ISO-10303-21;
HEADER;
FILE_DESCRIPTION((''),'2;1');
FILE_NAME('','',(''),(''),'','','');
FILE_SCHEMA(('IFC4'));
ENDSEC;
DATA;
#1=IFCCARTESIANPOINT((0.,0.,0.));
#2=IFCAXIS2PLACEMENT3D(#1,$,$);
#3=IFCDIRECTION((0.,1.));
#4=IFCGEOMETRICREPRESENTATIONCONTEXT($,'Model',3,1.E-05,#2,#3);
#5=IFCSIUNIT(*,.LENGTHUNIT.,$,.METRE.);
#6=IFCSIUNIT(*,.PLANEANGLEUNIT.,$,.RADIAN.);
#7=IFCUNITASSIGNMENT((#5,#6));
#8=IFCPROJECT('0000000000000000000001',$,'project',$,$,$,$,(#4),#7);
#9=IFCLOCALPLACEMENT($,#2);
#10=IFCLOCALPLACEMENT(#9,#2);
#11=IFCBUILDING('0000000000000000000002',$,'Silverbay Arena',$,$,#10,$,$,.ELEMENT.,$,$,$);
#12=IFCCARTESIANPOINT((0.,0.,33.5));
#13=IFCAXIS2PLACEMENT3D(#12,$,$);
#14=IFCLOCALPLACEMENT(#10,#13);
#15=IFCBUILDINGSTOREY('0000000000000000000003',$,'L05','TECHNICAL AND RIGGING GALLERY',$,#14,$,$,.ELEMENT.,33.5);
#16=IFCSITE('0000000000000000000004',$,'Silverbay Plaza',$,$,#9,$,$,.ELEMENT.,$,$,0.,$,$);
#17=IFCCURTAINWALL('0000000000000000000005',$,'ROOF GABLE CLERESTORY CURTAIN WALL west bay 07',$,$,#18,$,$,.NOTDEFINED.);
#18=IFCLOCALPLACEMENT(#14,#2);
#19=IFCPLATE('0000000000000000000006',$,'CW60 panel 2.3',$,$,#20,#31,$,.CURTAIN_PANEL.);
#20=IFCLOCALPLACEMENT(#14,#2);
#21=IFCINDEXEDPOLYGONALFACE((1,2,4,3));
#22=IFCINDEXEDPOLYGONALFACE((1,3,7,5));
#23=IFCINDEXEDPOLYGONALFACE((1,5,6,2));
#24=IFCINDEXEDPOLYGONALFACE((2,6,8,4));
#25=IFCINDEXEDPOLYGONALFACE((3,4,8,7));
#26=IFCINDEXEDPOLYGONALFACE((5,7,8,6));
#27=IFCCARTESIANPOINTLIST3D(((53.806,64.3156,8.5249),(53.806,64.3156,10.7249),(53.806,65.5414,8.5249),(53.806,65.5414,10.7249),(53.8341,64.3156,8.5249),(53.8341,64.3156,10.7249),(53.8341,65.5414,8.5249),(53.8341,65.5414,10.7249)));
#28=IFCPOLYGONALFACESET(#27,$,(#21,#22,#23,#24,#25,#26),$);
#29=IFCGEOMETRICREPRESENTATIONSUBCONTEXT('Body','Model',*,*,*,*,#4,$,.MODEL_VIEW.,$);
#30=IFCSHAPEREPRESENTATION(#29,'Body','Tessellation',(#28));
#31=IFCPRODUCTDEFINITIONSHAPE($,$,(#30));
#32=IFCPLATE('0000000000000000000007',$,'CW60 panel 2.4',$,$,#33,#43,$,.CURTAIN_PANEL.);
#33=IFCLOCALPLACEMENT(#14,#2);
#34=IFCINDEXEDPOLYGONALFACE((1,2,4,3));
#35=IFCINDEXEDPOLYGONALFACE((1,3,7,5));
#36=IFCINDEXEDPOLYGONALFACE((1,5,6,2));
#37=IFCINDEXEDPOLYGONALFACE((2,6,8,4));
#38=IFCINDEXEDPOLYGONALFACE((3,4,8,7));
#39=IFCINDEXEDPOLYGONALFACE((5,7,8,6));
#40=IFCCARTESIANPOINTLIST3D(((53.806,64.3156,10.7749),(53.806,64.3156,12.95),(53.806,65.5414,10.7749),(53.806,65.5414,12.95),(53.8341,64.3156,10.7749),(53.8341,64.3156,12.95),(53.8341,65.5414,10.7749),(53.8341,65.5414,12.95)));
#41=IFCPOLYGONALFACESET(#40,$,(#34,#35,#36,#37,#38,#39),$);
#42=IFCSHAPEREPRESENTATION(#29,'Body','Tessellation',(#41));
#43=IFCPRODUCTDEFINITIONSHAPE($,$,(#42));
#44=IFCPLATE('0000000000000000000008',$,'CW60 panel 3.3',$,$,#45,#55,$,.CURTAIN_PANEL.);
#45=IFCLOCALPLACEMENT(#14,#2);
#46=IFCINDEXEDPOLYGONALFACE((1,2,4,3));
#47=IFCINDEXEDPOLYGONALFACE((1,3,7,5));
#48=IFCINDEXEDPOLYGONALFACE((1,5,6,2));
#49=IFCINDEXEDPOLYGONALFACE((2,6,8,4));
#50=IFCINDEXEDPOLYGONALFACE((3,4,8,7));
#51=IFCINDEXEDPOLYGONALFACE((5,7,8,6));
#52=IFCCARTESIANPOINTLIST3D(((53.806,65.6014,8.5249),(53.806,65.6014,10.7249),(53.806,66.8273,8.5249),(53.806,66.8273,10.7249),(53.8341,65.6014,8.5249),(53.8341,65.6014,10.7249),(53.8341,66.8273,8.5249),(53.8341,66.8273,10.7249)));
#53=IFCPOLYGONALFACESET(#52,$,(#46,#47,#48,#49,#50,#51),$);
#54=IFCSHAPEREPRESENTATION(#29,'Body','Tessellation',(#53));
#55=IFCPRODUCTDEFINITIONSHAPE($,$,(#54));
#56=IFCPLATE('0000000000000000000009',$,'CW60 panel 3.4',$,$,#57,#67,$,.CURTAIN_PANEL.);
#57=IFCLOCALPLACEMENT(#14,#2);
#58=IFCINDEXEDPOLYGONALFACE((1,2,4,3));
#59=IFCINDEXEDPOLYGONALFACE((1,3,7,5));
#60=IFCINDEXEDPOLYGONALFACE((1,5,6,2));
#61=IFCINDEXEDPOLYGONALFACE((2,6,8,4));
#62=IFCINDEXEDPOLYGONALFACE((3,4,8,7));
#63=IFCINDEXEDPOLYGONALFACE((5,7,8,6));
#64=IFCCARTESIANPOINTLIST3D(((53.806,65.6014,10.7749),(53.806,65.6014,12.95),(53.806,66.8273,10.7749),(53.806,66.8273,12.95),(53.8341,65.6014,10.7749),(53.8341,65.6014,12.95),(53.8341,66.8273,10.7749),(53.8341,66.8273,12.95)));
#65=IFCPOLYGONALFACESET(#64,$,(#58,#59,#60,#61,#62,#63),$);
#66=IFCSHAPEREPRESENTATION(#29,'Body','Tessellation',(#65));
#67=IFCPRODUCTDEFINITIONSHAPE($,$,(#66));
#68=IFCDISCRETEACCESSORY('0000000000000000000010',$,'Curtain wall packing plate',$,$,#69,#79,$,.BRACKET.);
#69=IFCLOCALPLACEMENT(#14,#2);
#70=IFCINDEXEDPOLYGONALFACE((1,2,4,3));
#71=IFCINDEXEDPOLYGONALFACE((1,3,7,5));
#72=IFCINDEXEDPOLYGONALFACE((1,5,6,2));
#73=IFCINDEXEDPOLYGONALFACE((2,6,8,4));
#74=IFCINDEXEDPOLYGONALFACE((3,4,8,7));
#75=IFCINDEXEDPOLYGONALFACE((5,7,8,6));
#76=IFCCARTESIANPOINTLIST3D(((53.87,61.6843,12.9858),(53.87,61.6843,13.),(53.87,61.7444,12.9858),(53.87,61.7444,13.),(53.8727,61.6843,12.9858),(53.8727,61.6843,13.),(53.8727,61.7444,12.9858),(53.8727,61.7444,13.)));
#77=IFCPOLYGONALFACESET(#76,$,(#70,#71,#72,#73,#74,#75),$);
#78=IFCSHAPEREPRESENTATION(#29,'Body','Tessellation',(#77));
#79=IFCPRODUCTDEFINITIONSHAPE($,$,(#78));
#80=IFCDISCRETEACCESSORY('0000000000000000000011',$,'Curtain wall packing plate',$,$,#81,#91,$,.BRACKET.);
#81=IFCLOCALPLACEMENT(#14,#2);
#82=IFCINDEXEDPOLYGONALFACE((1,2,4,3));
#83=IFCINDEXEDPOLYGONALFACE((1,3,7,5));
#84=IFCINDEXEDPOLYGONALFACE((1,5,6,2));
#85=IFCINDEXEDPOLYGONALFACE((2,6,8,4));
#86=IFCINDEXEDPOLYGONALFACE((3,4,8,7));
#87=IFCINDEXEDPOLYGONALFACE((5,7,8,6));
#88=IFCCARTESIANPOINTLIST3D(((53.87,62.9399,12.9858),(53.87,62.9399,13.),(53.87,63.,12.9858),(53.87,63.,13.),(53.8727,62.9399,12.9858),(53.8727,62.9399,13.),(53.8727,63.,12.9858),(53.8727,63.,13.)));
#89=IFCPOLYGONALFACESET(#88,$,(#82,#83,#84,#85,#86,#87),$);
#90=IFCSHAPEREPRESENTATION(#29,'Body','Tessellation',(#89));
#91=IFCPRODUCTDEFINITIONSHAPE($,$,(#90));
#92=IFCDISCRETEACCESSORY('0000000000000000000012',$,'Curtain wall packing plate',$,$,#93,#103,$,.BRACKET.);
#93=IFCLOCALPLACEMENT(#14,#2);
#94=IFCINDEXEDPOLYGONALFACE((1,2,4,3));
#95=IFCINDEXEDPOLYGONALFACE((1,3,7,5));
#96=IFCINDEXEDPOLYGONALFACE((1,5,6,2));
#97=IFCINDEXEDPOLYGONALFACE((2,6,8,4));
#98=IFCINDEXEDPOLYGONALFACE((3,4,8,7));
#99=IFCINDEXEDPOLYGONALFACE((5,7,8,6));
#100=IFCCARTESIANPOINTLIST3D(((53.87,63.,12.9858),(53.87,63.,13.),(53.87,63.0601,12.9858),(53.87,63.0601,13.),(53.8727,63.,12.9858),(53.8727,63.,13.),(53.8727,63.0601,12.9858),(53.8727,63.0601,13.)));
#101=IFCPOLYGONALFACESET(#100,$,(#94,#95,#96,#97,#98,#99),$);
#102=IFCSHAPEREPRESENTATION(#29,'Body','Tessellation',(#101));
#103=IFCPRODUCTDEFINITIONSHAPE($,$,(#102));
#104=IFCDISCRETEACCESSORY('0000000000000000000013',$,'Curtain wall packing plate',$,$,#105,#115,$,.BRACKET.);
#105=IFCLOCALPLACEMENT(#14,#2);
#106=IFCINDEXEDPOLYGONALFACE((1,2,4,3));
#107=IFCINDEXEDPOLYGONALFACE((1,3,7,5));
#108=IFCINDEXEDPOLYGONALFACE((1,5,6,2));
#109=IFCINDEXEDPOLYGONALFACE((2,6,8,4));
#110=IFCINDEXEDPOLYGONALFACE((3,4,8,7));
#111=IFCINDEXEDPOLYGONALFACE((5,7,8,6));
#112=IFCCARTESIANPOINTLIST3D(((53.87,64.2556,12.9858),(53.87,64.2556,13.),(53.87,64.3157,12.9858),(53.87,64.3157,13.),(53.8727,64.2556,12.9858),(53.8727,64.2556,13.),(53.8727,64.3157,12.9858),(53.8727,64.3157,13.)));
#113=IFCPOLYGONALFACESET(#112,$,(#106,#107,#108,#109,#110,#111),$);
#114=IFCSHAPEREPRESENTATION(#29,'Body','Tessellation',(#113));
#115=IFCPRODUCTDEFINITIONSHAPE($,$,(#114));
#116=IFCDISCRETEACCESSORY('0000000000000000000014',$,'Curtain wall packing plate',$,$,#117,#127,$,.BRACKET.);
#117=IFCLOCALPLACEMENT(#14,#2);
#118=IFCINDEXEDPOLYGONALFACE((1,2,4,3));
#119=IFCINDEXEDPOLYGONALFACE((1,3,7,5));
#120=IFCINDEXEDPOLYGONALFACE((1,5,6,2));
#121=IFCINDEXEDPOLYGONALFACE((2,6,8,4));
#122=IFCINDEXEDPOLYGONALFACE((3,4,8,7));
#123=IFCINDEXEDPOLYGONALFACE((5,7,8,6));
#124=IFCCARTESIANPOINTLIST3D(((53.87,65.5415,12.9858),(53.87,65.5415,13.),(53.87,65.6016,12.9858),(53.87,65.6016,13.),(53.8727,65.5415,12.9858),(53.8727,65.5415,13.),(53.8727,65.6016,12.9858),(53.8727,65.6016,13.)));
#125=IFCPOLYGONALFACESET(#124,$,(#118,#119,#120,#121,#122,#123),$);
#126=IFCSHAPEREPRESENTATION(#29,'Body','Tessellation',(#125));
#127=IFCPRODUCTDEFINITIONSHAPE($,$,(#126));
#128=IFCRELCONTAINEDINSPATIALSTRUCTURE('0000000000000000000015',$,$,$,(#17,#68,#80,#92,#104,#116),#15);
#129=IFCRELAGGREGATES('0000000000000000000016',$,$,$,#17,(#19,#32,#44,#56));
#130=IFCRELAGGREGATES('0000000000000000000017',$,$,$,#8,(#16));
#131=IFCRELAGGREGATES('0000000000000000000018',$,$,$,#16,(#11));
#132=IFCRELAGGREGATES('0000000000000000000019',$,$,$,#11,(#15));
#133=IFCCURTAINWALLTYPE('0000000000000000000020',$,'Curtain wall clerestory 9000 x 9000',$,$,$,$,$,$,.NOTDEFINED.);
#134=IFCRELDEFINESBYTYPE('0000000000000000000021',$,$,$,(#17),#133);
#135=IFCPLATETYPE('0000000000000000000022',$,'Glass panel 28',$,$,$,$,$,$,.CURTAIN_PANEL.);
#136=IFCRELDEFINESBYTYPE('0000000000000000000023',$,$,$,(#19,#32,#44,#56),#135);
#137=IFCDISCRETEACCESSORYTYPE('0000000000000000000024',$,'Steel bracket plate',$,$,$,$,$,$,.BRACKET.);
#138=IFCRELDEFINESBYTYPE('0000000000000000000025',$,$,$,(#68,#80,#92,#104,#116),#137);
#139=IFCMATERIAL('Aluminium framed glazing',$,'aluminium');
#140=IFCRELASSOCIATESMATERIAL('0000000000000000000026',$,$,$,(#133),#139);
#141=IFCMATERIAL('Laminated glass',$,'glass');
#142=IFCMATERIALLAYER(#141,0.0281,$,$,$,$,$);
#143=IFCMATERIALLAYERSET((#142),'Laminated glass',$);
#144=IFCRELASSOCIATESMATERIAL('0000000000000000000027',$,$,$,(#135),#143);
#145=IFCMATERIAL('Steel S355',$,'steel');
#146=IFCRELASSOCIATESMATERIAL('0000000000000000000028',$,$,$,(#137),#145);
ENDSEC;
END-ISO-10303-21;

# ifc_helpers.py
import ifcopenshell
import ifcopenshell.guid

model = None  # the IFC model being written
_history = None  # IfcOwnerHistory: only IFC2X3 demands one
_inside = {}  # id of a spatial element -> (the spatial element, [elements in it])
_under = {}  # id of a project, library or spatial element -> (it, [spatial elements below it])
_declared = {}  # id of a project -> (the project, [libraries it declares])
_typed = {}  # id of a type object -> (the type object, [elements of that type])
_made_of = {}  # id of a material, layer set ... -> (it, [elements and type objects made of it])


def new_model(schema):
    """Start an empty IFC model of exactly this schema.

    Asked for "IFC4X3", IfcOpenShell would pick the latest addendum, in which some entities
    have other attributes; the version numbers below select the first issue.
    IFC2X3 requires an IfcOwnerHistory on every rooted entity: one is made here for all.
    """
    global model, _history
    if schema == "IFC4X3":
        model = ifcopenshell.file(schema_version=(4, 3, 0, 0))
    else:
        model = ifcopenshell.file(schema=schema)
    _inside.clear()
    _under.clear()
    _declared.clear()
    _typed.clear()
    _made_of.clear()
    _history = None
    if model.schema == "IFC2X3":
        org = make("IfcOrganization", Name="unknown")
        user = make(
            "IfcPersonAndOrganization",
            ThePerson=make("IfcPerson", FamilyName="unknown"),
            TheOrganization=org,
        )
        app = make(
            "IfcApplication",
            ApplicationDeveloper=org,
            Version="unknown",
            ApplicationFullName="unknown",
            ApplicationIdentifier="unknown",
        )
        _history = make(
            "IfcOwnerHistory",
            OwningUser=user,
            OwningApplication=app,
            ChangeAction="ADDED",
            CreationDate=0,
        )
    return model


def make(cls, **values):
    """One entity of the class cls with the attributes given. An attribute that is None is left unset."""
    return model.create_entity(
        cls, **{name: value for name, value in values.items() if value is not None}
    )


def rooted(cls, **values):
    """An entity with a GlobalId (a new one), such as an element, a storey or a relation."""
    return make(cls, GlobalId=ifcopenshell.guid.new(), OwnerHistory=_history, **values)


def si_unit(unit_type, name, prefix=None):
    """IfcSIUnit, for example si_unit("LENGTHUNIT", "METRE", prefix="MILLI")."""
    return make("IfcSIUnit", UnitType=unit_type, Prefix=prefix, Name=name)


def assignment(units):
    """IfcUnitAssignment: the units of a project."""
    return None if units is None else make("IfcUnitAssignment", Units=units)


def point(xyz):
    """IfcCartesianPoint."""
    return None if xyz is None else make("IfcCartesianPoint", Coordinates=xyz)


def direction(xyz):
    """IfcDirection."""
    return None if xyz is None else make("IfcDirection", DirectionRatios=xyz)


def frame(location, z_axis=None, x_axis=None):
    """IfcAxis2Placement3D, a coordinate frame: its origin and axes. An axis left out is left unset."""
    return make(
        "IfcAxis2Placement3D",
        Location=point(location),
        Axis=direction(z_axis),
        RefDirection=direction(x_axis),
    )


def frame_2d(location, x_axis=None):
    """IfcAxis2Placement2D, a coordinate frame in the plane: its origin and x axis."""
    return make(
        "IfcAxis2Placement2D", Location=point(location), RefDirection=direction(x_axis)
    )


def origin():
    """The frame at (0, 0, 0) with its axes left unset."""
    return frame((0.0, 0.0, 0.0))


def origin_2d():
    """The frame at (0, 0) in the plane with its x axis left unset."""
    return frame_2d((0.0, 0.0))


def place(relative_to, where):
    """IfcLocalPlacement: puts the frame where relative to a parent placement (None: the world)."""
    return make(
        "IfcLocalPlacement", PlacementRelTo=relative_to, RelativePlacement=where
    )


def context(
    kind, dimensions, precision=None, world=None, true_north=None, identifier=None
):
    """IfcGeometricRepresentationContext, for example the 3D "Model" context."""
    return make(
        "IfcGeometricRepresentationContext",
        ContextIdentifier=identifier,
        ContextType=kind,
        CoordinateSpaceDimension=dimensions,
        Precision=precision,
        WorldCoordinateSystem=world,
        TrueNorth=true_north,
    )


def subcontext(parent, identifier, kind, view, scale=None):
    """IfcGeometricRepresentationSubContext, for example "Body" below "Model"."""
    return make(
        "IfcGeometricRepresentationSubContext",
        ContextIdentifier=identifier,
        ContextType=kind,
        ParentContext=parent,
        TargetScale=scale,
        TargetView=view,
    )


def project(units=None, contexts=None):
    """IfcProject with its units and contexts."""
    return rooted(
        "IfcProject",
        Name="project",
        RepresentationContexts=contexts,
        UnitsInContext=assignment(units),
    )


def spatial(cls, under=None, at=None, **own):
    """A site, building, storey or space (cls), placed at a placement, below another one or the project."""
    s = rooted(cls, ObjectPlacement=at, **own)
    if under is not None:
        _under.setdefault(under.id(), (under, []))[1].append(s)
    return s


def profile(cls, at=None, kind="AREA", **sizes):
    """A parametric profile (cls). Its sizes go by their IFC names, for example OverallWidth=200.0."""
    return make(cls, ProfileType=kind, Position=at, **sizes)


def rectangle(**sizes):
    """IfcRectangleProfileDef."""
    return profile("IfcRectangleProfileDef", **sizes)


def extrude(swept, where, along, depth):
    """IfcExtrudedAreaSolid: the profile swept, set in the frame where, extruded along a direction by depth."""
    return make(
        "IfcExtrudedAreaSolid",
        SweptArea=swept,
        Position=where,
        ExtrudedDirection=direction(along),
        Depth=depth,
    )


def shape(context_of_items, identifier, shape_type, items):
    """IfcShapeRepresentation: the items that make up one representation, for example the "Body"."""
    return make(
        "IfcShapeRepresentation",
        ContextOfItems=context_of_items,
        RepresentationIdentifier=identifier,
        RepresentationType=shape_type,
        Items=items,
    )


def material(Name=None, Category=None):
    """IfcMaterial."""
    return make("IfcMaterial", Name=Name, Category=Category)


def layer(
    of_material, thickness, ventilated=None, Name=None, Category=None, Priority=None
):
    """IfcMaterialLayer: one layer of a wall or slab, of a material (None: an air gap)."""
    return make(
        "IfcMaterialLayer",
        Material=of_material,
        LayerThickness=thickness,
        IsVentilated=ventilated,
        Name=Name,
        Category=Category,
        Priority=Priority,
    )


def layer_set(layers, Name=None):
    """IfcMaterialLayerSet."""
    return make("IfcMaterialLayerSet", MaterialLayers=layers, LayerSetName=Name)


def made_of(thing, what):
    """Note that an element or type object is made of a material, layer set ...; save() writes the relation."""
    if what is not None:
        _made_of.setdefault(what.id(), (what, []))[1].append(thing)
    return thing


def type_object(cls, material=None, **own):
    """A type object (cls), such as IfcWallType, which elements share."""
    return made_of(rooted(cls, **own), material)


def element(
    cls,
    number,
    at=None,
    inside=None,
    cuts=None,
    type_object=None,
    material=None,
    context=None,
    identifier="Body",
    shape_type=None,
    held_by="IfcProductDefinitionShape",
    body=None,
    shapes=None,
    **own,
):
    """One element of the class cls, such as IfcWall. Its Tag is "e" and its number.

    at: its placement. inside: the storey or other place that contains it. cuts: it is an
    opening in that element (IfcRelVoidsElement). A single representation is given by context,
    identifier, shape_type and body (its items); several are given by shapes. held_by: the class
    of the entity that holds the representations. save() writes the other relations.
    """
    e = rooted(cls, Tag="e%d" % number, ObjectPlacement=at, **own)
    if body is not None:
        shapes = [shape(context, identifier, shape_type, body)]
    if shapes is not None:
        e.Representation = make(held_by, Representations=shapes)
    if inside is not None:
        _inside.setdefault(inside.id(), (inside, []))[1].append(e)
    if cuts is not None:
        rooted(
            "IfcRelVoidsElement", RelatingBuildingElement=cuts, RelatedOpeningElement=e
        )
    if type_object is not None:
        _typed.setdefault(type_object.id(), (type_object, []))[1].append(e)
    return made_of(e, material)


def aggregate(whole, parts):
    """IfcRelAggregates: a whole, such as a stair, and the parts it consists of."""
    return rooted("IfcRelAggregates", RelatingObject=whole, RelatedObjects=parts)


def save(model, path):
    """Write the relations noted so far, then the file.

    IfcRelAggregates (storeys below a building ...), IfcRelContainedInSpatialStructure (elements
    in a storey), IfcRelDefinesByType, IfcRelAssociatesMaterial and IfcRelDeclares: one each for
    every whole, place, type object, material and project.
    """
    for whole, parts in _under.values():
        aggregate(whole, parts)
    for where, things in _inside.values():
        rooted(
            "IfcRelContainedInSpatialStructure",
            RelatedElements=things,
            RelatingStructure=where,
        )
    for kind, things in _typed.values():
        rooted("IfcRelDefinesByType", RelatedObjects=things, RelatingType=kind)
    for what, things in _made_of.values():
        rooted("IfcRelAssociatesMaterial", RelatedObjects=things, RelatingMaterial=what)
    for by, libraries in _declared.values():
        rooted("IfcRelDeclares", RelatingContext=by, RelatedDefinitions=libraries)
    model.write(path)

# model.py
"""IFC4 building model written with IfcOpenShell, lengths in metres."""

from ifc_helpers import new_model, si_unit, direction, frame, origin, origin_2d, place, context, subcontext, project, spatial, rectangle, extrude, material, layer, layer_set, type_object, element, aggregate, save


model = new_model("IFC4")

# Units and contexts
model_context = context("Model", 3, precision=1e-05, world=origin(), true_north=direction((0.0, 1.0)))
body_context = subcontext(model_context, "Body", "Model", "MODEL_VIEW")
ifc_project = project(units=[si_unit("LENGTHUNIT", "METRE"), si_unit("PLANEANGLEUNIT", "RADIAN")], contexts=[model_context])

# Site, building, storey
site_placement = place(None, origin())
site = spatial("IfcSite", under=ifc_project, at=site_placement, Name="Silverbay Plaza", CompositionType="ELEMENT", RefElevation=0.0)
building_placement = place(site_placement, origin())
building = spatial("IfcBuilding", under=site, at=building_placement, Name="Silverbay Arena", CompositionType="ELEMENT")
storey_placement = place(building_placement, frame((0.0, 0.0, 33.5)))
storey = spatial("IfcBuildingStorey", under=building, at=storey_placement, Name="L05", Description="TECHNICAL AND RIGGING GALLERY", CompositionType="ELEMENT", Elevation=33.5)

# Curtain wall
ifc_material_1 = material(Name="Aluminium framed glazing", Category="aluminium")
curtain_wall_type = type_object("IfcCurtainWallType", Name="Curtain wall clerestory 9000 x 9000", PredefinedType="NOTDEFINED", material=ifc_material_1)
curtain_wall_1_placement = place(storey_placement, origin())
curtain_wall_1 = element("IfcCurtainWall", 1, at=curtain_wall_1_placement, inside=storey, type_object=curtain_wall_type, Name="ROOF GABLE CLERESTORY CURTAIN WALL west bay 07", PredefinedType="NOTDEFINED")

# Plates
ifc_material_2 = material(Name="Laminated glass", Category="glass")
ifc_layer = layer(ifc_material_2, 0.0281)
ifc_layer_set = layer_set([ifc_layer], Name="Laminated glass")
plate_type = type_object("IfcPlateType", Name="Glass panel 28", PredefinedType="CURTAIN_PANEL", material=ifc_layer_set)
plate_1_placement = place(storey_placement, frame((53.8201, 64.9285, 8.5249), z_axis=(0.0, 0.0, 1.0), x_axis=(0.0, 1.0, 0.0)))
plate_1 = element("IfcPlate", 2, at=plate_1_placement, type_object=plate_type, Name="CW60 panel 2.3", PredefinedType="CURTAIN_PANEL", context=body_context, shape_type="SweptSolid", body=[
    extrude(rectangle(XDim=1.2258, YDim=0.0281, at=origin_2d()), origin(), (0.0, 0.0, 1.0), 2.2),
])
plate_2_placement = place(storey_placement, frame((53.8201, 64.9285, 10.7749), z_axis=(0.0, 0.0, 1.0), x_axis=(0.0, 1.0, 0.0)))
plate_2 = element("IfcPlate", 3, at=plate_2_placement, type_object=plate_type, Name="CW60 panel 2.4", PredefinedType="CURTAIN_PANEL", context=body_context, shape_type="SweptSolid", body=[
    extrude(rectangle(XDim=1.2258, YDim=0.0281, at=origin_2d()), origin(), (0.0, 0.0, 1.0), 2.175),
])
plate_3_placement = place(storey_placement, frame((53.8201, 66.2144, 8.5249), z_axis=(0.0, 0.0, 1.0), x_axis=(0.0, 1.0, 0.0)))
plate_3 = element("IfcPlate", 4, at=plate_3_placement, type_object=plate_type, Name="CW60 panel 3.3", PredefinedType="CURTAIN_PANEL", context=body_context, shape_type="SweptSolid", body=[
    extrude(rectangle(XDim=1.2258, YDim=0.0281, at=origin_2d()), origin(), (0.0, 0.0, 1.0), 2.2),
])
plate_4_placement = place(storey_placement, frame((53.8201, 66.2144, 10.7749), z_axis=(0.0, 0.0, 1.0), x_axis=(0.0, 1.0, 0.0)))
plate_4 = element("IfcPlate", 5, at=plate_4_placement, type_object=plate_type, Name="CW60 panel 3.4", PredefinedType="CURTAIN_PANEL", context=body_context, shape_type="SweptSolid", body=[
    extrude(rectangle(XDim=1.2258, YDim=0.0281, at=origin_2d()), origin(), (0.0, 0.0, 1.0), 2.175),
])
aggregate(curtain_wall_1, [plate_1, plate_2, plate_3, plate_4])

# Discrete accessories
ifc_material_3 = material(Name="Steel S355", Category="steel")
discrete_accessory_type = type_object("IfcDiscreteAccessoryType", Name="Steel bracket plate", PredefinedType="BRACKET", material=ifc_material_3)
for number, where, z_axis, x_axis, name in (
    (6, (53.8713, 61.7144, 12.9858), (0.0, 0.0, 1.0), (1.0, 0.0, 0.0), "Curtain wall packing plate"),
    (7, (53.8713, 62.97, 12.9858), (0.0, 0.0, 1.0), (1.0, 0.0, 0.0), "Curtain wall packing plate"),
    (8, (53.8713, 63.03, 12.9858), (0.0, 0.0, 1.0), (1.0, 0.0, 0.0), "Curtain wall packing plate"),
    (9, (53.8713, 64.2856, 12.9858), (0.0, 0.0, 1.0), (1.0, 0.0, 0.0), "Curtain wall packing plate"),
    (10, (53.8713, 65.5715, 12.9858), (0.0, 0.0, 1.0), (1.0, 0.0, 0.0), "Curtain wall packing plate"),
):
    element("IfcDiscreteAccessory", number, at=place(storey_placement, frame(where, z_axis=z_axis, x_axis=x_axis)), inside=storey, type_object=discrete_accessory_type, Name=name, PredefinedType="BRACKET", context=body_context, shape_type="SweptSolid", body=[
        extrude(rectangle(XDim=0.0027, YDim=0.0601, at=origin_2d()), origin(), (0.0, 0.0, 1.0), 0.0142),
    ])

save(model, "model.ifc")
